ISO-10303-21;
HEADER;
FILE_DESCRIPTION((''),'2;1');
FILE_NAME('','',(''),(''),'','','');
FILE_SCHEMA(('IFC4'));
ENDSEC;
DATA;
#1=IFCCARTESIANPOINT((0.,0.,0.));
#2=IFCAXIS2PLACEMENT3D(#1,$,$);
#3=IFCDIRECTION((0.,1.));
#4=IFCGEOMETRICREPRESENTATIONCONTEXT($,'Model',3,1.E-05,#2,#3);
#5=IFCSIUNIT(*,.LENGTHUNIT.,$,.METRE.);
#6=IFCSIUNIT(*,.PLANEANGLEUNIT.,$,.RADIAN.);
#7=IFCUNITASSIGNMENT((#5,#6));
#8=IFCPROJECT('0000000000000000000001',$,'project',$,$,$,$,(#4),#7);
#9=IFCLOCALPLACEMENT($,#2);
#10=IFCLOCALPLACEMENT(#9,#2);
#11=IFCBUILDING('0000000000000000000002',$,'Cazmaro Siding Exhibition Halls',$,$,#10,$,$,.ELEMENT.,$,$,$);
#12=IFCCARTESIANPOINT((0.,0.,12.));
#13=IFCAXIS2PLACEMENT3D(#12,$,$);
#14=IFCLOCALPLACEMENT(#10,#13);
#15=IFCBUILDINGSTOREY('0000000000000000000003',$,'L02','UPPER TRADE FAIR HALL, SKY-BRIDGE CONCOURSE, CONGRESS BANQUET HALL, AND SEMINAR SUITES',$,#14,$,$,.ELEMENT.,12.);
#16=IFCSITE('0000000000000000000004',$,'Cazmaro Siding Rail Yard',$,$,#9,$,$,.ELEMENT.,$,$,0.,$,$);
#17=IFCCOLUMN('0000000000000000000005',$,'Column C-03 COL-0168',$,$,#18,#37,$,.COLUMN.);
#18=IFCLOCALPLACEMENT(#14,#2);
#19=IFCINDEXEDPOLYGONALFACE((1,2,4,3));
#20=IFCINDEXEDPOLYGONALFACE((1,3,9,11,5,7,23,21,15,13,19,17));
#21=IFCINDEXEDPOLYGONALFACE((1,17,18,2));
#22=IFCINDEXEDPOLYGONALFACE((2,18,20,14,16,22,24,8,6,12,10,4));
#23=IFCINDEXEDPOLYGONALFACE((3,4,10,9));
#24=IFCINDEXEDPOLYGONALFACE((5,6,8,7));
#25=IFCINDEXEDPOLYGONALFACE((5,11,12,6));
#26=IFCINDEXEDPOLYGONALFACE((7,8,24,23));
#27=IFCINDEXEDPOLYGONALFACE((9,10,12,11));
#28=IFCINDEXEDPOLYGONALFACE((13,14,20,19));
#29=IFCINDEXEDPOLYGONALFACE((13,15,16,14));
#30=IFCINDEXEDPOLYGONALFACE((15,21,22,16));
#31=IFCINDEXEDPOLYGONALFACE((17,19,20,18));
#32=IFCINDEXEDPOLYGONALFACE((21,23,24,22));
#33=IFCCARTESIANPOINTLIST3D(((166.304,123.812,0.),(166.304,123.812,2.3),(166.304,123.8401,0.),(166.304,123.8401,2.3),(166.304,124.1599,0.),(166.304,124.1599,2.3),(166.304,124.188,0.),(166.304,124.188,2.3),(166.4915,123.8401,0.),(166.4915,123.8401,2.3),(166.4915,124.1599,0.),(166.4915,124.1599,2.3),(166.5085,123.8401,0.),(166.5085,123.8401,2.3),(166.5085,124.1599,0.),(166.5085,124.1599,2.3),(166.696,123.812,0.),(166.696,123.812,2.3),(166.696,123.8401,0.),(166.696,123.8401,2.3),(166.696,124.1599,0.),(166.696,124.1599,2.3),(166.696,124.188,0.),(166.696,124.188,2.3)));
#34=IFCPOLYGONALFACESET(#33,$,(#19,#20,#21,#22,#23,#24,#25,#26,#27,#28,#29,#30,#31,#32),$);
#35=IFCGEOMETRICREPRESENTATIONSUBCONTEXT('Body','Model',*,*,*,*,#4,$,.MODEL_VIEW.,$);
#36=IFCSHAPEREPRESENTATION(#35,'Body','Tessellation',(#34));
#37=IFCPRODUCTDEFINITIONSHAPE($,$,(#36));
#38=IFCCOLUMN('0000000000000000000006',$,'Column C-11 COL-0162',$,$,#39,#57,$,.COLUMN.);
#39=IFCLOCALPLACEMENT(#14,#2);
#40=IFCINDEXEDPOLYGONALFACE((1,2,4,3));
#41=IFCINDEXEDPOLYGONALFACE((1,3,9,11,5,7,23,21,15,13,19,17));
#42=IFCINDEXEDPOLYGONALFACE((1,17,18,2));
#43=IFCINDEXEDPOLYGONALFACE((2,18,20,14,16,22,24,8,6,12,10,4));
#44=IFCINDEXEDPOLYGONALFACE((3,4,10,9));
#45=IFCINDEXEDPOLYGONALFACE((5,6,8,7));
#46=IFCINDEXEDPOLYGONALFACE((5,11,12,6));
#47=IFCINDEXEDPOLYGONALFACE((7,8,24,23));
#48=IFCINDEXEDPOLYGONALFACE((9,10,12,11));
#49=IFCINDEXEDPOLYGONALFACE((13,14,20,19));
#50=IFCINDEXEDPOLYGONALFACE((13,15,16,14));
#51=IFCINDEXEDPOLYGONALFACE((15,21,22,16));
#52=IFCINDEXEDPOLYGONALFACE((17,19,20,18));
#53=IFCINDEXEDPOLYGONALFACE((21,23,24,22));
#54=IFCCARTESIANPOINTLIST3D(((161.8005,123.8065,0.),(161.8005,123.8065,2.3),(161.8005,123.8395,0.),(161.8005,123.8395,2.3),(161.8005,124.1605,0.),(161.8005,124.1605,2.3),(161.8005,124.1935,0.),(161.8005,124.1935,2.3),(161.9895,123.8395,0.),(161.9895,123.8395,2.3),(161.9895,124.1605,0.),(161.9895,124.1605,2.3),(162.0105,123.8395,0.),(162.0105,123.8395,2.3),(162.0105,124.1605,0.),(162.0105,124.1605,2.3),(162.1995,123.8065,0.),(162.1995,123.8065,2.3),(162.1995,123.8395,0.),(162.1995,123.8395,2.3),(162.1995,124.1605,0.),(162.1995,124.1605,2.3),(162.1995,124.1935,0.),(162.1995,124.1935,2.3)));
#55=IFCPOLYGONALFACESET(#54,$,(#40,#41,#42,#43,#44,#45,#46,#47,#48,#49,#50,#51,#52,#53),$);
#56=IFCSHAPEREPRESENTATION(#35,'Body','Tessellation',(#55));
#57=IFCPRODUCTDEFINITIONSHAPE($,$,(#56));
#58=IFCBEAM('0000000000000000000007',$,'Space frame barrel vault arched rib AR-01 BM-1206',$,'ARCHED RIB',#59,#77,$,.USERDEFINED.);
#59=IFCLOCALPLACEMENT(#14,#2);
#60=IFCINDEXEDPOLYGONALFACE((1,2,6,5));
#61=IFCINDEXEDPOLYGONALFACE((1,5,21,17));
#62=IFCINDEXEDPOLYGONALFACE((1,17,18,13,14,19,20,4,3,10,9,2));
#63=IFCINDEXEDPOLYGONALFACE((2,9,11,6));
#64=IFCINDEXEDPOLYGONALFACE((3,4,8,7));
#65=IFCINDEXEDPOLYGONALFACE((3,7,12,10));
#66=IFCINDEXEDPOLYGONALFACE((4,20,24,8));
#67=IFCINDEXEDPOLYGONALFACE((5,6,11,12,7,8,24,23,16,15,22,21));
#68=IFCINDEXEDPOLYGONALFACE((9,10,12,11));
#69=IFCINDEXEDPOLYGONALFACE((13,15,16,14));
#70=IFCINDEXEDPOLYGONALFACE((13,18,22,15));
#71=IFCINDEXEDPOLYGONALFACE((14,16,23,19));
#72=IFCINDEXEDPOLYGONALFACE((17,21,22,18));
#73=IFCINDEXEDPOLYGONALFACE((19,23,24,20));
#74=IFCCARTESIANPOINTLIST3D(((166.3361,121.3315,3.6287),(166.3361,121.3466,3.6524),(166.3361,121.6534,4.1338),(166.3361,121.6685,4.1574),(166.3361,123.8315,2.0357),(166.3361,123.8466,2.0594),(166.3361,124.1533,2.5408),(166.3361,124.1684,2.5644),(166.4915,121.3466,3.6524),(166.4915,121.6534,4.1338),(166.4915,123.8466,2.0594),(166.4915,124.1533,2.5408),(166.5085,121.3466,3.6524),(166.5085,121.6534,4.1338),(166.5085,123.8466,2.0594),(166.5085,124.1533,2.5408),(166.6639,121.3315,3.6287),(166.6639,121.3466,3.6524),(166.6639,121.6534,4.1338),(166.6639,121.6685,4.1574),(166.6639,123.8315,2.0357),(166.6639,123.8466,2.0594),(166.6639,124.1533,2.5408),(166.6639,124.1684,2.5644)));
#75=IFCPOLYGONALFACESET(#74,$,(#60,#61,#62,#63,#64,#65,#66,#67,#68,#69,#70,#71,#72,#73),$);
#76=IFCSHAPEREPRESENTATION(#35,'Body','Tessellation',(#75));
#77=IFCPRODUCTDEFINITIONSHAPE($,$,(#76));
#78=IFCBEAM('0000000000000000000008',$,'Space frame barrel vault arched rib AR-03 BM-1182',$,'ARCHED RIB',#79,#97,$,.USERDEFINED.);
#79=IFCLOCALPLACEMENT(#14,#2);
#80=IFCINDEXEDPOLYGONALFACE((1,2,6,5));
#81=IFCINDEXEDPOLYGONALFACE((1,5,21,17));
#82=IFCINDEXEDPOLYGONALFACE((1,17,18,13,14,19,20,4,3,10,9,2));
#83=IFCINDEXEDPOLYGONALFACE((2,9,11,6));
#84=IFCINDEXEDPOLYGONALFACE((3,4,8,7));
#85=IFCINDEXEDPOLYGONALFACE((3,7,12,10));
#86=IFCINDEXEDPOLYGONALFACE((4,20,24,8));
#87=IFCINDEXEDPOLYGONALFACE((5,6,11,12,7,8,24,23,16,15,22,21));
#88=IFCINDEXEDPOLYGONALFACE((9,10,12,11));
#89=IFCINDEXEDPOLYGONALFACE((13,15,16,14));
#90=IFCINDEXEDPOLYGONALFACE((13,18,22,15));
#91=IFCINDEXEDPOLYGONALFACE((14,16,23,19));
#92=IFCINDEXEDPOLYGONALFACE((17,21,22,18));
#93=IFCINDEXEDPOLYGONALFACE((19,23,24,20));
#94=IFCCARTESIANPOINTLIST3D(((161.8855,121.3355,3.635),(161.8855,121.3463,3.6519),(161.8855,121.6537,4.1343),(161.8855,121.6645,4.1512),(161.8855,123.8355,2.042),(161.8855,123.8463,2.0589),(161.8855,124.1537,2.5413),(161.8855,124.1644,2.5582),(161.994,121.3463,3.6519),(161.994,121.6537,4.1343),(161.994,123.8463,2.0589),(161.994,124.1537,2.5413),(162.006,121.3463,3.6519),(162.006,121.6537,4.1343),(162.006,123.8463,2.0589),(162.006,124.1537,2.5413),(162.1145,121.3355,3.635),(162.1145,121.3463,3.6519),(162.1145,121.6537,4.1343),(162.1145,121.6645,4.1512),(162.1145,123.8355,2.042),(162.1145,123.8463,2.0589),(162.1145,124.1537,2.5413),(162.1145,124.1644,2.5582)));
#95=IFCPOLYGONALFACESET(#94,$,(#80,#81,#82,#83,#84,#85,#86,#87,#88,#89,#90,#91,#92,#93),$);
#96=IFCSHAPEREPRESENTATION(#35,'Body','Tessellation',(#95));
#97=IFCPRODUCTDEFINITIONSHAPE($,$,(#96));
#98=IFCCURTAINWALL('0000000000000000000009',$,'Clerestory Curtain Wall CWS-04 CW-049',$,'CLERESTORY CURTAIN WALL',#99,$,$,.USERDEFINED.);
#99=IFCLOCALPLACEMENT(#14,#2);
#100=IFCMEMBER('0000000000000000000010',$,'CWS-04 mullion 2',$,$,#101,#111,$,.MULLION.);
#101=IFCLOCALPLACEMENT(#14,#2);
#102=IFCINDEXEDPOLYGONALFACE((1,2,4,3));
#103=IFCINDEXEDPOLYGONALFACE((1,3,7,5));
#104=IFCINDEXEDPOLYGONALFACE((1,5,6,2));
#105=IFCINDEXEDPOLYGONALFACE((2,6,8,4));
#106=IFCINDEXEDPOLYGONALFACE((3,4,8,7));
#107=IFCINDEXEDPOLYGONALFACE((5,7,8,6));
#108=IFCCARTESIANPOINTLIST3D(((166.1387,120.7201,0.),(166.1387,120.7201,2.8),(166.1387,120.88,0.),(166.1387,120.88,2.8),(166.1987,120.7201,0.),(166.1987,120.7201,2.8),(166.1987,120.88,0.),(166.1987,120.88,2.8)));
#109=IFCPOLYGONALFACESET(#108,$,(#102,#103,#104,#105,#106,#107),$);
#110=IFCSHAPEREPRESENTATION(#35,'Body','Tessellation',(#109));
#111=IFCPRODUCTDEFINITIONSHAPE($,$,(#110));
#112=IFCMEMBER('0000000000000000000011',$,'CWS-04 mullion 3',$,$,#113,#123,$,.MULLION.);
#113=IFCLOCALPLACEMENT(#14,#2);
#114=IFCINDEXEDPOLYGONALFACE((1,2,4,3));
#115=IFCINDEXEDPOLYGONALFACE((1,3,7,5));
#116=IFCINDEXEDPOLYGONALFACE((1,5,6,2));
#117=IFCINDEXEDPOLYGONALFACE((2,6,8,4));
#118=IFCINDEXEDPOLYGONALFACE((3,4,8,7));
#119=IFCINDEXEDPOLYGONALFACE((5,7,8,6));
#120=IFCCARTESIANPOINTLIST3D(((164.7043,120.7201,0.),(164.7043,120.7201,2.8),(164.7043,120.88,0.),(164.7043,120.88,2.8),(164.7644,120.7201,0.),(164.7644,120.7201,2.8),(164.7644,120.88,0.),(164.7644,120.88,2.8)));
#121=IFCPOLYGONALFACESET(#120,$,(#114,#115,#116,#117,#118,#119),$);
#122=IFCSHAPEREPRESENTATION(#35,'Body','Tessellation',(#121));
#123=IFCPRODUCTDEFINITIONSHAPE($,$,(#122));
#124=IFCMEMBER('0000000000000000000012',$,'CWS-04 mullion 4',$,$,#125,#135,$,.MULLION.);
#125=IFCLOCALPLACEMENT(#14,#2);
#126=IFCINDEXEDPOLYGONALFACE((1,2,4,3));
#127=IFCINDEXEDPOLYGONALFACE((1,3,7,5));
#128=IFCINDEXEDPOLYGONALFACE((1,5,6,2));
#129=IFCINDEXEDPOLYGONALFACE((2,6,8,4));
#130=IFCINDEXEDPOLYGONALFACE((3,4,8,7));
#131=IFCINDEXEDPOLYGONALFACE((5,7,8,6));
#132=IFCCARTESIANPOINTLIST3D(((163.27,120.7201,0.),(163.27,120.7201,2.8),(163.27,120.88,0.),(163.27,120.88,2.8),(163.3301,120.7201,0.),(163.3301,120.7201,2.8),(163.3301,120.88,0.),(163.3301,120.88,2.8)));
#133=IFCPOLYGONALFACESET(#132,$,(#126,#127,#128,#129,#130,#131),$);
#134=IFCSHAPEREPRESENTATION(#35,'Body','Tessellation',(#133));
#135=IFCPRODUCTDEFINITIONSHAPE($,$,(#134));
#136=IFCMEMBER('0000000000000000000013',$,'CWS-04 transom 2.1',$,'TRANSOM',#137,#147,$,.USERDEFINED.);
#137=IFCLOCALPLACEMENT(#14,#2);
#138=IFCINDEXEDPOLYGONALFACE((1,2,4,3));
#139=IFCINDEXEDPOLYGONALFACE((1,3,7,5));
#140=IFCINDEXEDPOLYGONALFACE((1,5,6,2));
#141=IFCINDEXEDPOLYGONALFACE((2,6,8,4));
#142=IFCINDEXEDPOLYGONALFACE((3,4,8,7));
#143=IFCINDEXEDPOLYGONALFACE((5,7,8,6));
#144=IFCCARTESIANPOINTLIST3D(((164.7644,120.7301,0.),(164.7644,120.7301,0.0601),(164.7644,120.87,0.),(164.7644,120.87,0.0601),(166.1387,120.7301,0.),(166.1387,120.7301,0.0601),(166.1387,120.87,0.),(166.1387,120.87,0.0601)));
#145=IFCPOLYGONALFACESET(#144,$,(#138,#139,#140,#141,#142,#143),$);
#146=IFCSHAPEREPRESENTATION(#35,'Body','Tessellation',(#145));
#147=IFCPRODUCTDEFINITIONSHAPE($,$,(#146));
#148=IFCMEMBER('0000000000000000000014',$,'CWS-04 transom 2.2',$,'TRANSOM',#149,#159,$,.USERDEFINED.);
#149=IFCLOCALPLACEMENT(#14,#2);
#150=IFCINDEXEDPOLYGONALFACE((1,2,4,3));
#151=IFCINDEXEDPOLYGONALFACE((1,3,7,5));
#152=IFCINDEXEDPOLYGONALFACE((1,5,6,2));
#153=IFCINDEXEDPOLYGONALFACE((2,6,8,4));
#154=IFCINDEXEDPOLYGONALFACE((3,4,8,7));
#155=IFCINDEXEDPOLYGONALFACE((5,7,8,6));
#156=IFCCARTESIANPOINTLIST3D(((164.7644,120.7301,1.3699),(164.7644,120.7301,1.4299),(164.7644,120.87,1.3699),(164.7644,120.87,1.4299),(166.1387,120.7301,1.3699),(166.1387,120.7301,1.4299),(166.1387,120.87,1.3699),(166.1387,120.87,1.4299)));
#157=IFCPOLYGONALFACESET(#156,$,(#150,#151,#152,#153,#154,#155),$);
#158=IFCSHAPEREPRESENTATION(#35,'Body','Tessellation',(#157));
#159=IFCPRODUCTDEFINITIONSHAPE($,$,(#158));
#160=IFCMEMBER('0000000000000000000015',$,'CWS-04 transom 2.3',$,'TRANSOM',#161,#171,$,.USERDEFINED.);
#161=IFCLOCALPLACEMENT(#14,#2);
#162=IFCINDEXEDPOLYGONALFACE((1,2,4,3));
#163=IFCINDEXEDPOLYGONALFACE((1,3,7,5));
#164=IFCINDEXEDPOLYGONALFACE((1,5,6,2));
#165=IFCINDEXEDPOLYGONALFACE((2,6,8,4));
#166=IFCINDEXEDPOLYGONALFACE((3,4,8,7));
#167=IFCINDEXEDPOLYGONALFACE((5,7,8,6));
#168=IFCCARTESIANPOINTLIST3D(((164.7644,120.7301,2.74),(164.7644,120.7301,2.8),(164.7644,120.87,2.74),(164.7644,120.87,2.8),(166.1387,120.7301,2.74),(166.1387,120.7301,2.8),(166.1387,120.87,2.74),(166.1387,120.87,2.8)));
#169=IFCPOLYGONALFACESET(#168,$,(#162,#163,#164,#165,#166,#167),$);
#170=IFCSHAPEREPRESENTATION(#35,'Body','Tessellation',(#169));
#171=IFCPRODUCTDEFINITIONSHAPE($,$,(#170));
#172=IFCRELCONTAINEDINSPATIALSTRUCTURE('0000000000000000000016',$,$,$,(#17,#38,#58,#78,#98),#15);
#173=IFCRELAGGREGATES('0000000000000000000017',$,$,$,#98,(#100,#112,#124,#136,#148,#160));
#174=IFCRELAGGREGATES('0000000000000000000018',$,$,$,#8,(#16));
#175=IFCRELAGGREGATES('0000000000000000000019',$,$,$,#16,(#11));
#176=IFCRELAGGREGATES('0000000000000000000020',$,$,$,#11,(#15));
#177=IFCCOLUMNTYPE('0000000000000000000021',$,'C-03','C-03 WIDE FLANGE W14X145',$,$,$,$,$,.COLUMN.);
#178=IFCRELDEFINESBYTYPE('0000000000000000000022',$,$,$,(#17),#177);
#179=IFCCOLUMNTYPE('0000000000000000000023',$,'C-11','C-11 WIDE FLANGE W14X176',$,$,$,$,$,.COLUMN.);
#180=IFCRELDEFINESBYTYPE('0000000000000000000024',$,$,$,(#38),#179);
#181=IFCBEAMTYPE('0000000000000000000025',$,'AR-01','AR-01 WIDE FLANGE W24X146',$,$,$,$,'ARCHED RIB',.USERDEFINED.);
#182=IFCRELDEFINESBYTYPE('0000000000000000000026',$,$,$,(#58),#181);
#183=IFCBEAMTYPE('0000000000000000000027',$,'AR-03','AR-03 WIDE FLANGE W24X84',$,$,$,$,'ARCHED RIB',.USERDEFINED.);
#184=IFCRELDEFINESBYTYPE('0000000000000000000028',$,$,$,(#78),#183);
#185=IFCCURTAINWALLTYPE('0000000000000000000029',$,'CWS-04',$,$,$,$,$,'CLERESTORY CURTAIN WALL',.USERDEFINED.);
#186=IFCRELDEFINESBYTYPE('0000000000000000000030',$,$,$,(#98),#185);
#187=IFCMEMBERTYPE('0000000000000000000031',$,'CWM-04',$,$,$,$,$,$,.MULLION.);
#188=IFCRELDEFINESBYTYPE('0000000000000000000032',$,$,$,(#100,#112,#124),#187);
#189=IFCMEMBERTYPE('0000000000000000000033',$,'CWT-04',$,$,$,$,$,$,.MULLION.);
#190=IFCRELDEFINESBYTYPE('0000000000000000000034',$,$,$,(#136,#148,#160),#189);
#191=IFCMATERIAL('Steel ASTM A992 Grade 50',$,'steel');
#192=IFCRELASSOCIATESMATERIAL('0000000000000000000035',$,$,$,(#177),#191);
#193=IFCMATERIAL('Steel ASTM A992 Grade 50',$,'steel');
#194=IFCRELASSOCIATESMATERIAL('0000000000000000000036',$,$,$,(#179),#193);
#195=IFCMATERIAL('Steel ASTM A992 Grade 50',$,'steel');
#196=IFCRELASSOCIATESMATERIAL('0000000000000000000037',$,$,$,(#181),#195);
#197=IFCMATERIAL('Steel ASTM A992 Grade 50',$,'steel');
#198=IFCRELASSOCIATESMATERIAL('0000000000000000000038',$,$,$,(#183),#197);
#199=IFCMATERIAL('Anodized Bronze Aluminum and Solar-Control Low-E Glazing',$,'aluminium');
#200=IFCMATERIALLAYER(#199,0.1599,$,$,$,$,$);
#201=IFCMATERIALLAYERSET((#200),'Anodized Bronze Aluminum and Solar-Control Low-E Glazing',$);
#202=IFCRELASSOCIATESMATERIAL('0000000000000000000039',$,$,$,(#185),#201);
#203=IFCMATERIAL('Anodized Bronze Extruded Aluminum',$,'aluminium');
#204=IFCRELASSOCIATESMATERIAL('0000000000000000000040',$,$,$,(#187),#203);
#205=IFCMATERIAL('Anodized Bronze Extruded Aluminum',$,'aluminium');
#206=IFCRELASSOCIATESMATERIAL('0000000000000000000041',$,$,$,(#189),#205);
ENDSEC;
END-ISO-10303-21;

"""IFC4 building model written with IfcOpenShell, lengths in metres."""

from ifc_helpers import new_model, si_unit, direction, frame, origin, origin_2d, place, context, subcontext, project, spatial, rectangle, i_section, extrude, material, layer, layer_set, material_profile, profile_set, type_object, element, aggregate, save


model = new_model("IFC4")

# Units and contexts
model_context = context("Model", 3, precision=1e-05, world=origin(), true_north=direction((0.0, 1.0)))
body_context = subcontext(model_context, "Body", "Model", "MODEL_VIEW")
ifc_project = project(units=[si_unit("LENGTHUNIT", "METRE"), si_unit("PLANEANGLEUNIT", "RADIAN")], contexts=[model_context])

# Site, building, storey
site_placement = place(None, origin())
site = spatial("IfcSite", under=ifc_project, at=site_placement, Name="Cazmaro Siding Rail Yard", CompositionType="ELEMENT", RefElevation=0.0)
building_placement = place(site_placement, origin())
building = spatial("IfcBuilding", under=site, at=building_placement, Name="Cazmaro Siding Exhibition Halls", CompositionType="ELEMENT")
storey_placement = place(building_placement, frame((0.0, 0.0, 12.0)))
storey = spatial("IfcBuildingStorey", under=building, at=storey_placement, Name="L02", Description="UPPER TRADE FAIR HALL, SKY-BRIDGE CONCOURSE, CONGRESS BANQUET HALL, AND SEMINAR SUITES", CompositionType="ELEMENT", Elevation=12.0)

# Columns
ifc_material_1 = material(Name="Steel ASTM A992 Grade 50", Category="steel")
ifc_material_profile_1 = material_profile(ifc_material_1, i_section(OverallWidth=0.3921, OverallDepth=0.376, WebThickness=0.0171, FlangeThickness=0.0281, at=origin_2d()), Name="W14X145")
ifc_profile_set_1 = profile_set([ifc_material_profile_1], Name="Steel ASTM A992 Grade 50")
column_type_1 = type_object("IfcColumnType", Name="C-03", Description="C-03 WIDE FLANGE W14X145", PredefinedType="COLUMN", material=ifc_profile_set_1)
column_1_placement = place(storey_placement, frame((166.5, 124.0, 0.0), z_axis=(0.0, 0.0, 1.0), x_axis=(1.0, 0.0, 0.0)))
element("IfcColumn", 1, at=column_1_placement, inside=storey, type_object=column_type_1, Name="Column C-03 COL-0168", PredefinedType="COLUMN", context=body_context, shape_type="SweptSolid", body=[
    extrude(i_section(OverallWidth=0.3921, OverallDepth=0.376, WebThickness=0.0171, FlangeThickness=0.0281, at=origin_2d()), origin(), (0.0, 0.0, 1.0), 2.3),
])
ifc_material_2 = material(Name="Steel ASTM A992 Grade 50", Category="steel")
ifc_material_profile_2 = material_profile(ifc_material_2, i_section(OverallWidth=0.3989, OverallDepth=0.387, WebThickness=0.021, FlangeThickness=0.033, at=origin_2d()), Name="W14X176")
ifc_profile_set_2 = profile_set([ifc_material_profile_2], Name="Steel ASTM A992 Grade 50")
column_type_2 = type_object("IfcColumnType", Name="C-11", Description="C-11 WIDE FLANGE W14X176", PredefinedType="COLUMN", material=ifc_profile_set_2)
column_2_placement = place(storey_placement, frame((162.0, 124.0, 0.0), z_axis=(0.0, 0.0, 1.0), x_axis=(1.0, 0.0, 0.0)))
element("IfcColumn", 2, at=column_2_placement, inside=storey, type_object=column_type_2, Name="Column C-11 COL-0162", PredefinedType="COLUMN", context=body_context, shape_type="SweptSolid", body=[
    extrude(i_section(OverallWidth=0.3989, OverallDepth=0.387, WebThickness=0.021, FlangeThickness=0.033, at=origin_2d()), origin(), (0.0, 0.0, 1.0), 2.3),
])

# Beams
ifc_material_3 = material(Name="Steel ASTM A992 Grade 50", Category="steel")
ifc_material_profile_3 = material_profile(ifc_material_3, i_section(OverallWidth=0.3279, OverallDepth=0.627, WebThickness=0.0171, FlangeThickness=0.0281, at=origin_2d()), Name="W24X146")
ifc_profile_set_3 = profile_set([ifc_material_profile_3], Name="Steel ASTM A992 Grade 50")
beam_type_1 = type_object("IfcBeamType", Name="AR-01", Description="AR-01 WIDE FLANGE W24X146", ElementType="ARCHED RIB", PredefinedType="USERDEFINED", material=ifc_profile_set_3)
beam_1_placement = place(storey_placement, frame((166.5, 121.5, 3.8931), z_axis=(0.0, 0.843339, -0.537382), x_axis=(-1.0, 0.0, 0.0)))
element("IfcBeam", 3, at=beam_1_placement, inside=storey, type_object=beam_type_1, Name="Space frame barrel vault arched rib AR-01 BM-1206", ObjectType="ARCHED RIB", PredefinedType="USERDEFINED", context=body_context, shape_type="SweptSolid", body=[
    extrude(i_section(OverallWidth=0.3279, OverallDepth=0.627, WebThickness=0.0171, FlangeThickness=0.0281, at=origin_2d()), origin(), (0.0, 0.0, 1.0), 2.9644),
])
ifc_material_4 = material(Name="Steel ASTM A992 Grade 50", Category="steel")
ifc_material_profile_4 = material_profile(ifc_material_4, i_section(OverallWidth=0.229, OverallDepth=0.6121, WebThickness=0.012, FlangeThickness=0.02, at=origin_2d()), Name="W24X84")
ifc_profile_set_4 = profile_set([ifc_material_profile_4], Name="Steel ASTM A992 Grade 50")
beam_type_2 = type_object("IfcBeamType", Name="AR-03", Description="AR-03 WIDE FLANGE W24X84", ElementType="ARCHED RIB", PredefinedType="USERDEFINED", material=ifc_profile_set_4)
beam_2_placement = place(storey_placement, frame((162.0, 121.5, 3.8931), z_axis=(0.0, 0.843339, -0.537382), x_axis=(-1.0, 0.0, 0.0)))
element("IfcBeam", 4, at=beam_2_placement, inside=storey, type_object=beam_type_2, Name="Space frame barrel vault arched rib AR-03 BM-1182", ObjectType="ARCHED RIB", PredefinedType="USERDEFINED", context=body_context, shape_type="SweptSolid", body=[
    extrude(i_section(OverallWidth=0.229, OverallDepth=0.6121, WebThickness=0.012, FlangeThickness=0.02, at=origin_2d()), origin(), (0.0, 0.0, 1.0), 2.9644),
])

# Curtain wall, members
ifc_material_5 = material(Name="Anodized Bronze Aluminum and Solar-Control Low-E Glazing", Category="aluminium")
ifc_layer_1 = layer(ifc_material_5, 0.1599)
ifc_layer_set_1 = layer_set([ifc_layer_1], Name="Anodized Bronze Aluminum and Solar-Control Low-E Glazing")
curtain_wall_type = type_object("IfcCurtainWallType", Name="CWS-04", ElementType="CLERESTORY CURTAIN WALL", PredefinedType="USERDEFINED", material=ifc_layer_set_1)
curtain_wall_placement = place(storey_placement, origin())
curtain_wall = element("IfcCurtainWall", 5, at=curtain_wall_placement, inside=storey, type_object=curtain_wall_type, Name="Clerestory Curtain Wall CWS-04 CW-049", ObjectType="CLERESTORY CURTAIN WALL", PredefinedType="USERDEFINED")
ifc_material_6 = material(Name="Anodized Bronze Extruded Aluminum", Category="aluminium")
ifc_material_profile_5 = material_profile(ifc_material_6, rectangle(XDim=0.1599, YDim=0.0601, at=origin_2d()), Name="CWM-04")
ifc_profile_set_5 = profile_set([ifc_material_profile_5], Name="Anodized Bronze Extruded Aluminum")
member_type_1 = type_object("IfcMemberType", Name="CWM-04", PredefinedType="MULLION", material=ifc_profile_set_5)
member_1_placement = place(storey_placement, frame((166.1687, 120.8, 0.0), z_axis=(0.0, 0.0, 1.0), x_axis=(0.0, -1.0, 0.0)))
member_1 = element("IfcMember", 6, at=member_1_placement, type_object=member_type_1, Name="CWS-04 mullion 2", PredefinedType="MULLION", context=body_context, shape_type="SweptSolid", body=[
    extrude(rectangle(XDim=0.1599, YDim=0.0601, at=origin_2d()), origin(), (0.0, 0.0, 1.0), 2.8),
])
member_2_placement = place(storey_placement, frame((164.7344, 120.8, 0.0), z_axis=(0.0, 0.0, 1.0), x_axis=(0.0, -1.0, 0.0)))
member_2 = element("IfcMember", 7, at=member_2_placement, type_object=member_type_1, Name="CWS-04 mullion 3", PredefinedType="MULLION", context=body_context, shape_type="SweptSolid", body=[
    extrude(rectangle(XDim=0.1599, YDim=0.0601, at=origin_2d()), origin(), (0.0, 0.0, 1.0), 2.8),
])
member_3_placement = place(storey_placement, frame((163.3, 120.8, 0.0), z_axis=(0.0, 0.0, 1.0), x_axis=(0.0, -1.0, 0.0)))
member_3 = element("IfcMember", 8, at=member_3_placement, type_object=member_type_1, Name="CWS-04 mullion 4", PredefinedType="MULLION", context=body_context, shape_type="SweptSolid", body=[
    extrude(rectangle(XDim=0.1599, YDim=0.0601, at=origin_2d()), origin(), (0.0, 0.0, 1.0), 2.8),
])
ifc_material_7 = material(Name="Anodized Bronze Extruded Aluminum", Category="aluminium")
ifc_material_profile_6 = material_profile(ifc_material_7, rectangle(XDim=0.1399, YDim=0.0601, at=origin_2d()), Name="CWT-04")
ifc_profile_set_6 = profile_set([ifc_material_profile_6], Name="Anodized Bronze Extruded Aluminum")
member_type_2 = type_object("IfcMemberType", Name="CWT-04", PredefinedType="MULLION", material=ifc_profile_set_6)
member_4_placement = place(storey_placement, frame((166.1387, 120.8, 0.03), z_axis=(-1.0, 0.0, 0.0), x_axis=(0.0, -1.0, 0.0)))
member_4 = element("IfcMember", 9, at=member_4_placement, type_object=member_type_2, Name="CWS-04 transom 2.1", ObjectType="TRANSOM", PredefinedType="USERDEFINED", context=body_context, shape_type="SweptSolid", body=[
    extrude(rectangle(XDim=0.1399, YDim=0.0601, at=origin_2d()), origin(), (0.0, 0.0, 1.0), 1.3743),
])
member_5_placement = place(storey_placement, frame((166.1387, 120.8, 1.3999), z_axis=(-1.0, 0.0, 0.0), x_axis=(0.0, -1.0, 0.0)))
member_5 = element("IfcMember", 10, at=member_5_placement, type_object=member_type_2, Name="CWS-04 transom 2.2", ObjectType="TRANSOM", PredefinedType="USERDEFINED", context=body_context, shape_type="SweptSolid", body=[
    extrude(rectangle(XDim=0.1399, YDim=0.0601, at=origin_2d()), origin(), (0.0, 0.0, 1.0), 1.3743),
])
member_6_placement = place(storey_placement, frame((166.1387, 120.8, 2.77), z_axis=(-1.0, 0.0, 0.0), x_axis=(0.0, -1.0, 0.0)))
member_6 = element("IfcMember", 11, at=member_6_placement, type_object=member_type_2, Name="CWS-04 transom 2.3", ObjectType="TRANSOM", PredefinedType="USERDEFINED", context=body_context, shape_type="SweptSolid", body=[
    extrude(rectangle(XDim=0.1399, YDim=0.0601, at=origin_2d()), origin(), (0.0, 0.0, 1.0), 1.3743),
])

aggregate(curtain_wall, [member_1, member_2, member_3, member_4, member_5, member_6])

save(model, "model.ifc")
